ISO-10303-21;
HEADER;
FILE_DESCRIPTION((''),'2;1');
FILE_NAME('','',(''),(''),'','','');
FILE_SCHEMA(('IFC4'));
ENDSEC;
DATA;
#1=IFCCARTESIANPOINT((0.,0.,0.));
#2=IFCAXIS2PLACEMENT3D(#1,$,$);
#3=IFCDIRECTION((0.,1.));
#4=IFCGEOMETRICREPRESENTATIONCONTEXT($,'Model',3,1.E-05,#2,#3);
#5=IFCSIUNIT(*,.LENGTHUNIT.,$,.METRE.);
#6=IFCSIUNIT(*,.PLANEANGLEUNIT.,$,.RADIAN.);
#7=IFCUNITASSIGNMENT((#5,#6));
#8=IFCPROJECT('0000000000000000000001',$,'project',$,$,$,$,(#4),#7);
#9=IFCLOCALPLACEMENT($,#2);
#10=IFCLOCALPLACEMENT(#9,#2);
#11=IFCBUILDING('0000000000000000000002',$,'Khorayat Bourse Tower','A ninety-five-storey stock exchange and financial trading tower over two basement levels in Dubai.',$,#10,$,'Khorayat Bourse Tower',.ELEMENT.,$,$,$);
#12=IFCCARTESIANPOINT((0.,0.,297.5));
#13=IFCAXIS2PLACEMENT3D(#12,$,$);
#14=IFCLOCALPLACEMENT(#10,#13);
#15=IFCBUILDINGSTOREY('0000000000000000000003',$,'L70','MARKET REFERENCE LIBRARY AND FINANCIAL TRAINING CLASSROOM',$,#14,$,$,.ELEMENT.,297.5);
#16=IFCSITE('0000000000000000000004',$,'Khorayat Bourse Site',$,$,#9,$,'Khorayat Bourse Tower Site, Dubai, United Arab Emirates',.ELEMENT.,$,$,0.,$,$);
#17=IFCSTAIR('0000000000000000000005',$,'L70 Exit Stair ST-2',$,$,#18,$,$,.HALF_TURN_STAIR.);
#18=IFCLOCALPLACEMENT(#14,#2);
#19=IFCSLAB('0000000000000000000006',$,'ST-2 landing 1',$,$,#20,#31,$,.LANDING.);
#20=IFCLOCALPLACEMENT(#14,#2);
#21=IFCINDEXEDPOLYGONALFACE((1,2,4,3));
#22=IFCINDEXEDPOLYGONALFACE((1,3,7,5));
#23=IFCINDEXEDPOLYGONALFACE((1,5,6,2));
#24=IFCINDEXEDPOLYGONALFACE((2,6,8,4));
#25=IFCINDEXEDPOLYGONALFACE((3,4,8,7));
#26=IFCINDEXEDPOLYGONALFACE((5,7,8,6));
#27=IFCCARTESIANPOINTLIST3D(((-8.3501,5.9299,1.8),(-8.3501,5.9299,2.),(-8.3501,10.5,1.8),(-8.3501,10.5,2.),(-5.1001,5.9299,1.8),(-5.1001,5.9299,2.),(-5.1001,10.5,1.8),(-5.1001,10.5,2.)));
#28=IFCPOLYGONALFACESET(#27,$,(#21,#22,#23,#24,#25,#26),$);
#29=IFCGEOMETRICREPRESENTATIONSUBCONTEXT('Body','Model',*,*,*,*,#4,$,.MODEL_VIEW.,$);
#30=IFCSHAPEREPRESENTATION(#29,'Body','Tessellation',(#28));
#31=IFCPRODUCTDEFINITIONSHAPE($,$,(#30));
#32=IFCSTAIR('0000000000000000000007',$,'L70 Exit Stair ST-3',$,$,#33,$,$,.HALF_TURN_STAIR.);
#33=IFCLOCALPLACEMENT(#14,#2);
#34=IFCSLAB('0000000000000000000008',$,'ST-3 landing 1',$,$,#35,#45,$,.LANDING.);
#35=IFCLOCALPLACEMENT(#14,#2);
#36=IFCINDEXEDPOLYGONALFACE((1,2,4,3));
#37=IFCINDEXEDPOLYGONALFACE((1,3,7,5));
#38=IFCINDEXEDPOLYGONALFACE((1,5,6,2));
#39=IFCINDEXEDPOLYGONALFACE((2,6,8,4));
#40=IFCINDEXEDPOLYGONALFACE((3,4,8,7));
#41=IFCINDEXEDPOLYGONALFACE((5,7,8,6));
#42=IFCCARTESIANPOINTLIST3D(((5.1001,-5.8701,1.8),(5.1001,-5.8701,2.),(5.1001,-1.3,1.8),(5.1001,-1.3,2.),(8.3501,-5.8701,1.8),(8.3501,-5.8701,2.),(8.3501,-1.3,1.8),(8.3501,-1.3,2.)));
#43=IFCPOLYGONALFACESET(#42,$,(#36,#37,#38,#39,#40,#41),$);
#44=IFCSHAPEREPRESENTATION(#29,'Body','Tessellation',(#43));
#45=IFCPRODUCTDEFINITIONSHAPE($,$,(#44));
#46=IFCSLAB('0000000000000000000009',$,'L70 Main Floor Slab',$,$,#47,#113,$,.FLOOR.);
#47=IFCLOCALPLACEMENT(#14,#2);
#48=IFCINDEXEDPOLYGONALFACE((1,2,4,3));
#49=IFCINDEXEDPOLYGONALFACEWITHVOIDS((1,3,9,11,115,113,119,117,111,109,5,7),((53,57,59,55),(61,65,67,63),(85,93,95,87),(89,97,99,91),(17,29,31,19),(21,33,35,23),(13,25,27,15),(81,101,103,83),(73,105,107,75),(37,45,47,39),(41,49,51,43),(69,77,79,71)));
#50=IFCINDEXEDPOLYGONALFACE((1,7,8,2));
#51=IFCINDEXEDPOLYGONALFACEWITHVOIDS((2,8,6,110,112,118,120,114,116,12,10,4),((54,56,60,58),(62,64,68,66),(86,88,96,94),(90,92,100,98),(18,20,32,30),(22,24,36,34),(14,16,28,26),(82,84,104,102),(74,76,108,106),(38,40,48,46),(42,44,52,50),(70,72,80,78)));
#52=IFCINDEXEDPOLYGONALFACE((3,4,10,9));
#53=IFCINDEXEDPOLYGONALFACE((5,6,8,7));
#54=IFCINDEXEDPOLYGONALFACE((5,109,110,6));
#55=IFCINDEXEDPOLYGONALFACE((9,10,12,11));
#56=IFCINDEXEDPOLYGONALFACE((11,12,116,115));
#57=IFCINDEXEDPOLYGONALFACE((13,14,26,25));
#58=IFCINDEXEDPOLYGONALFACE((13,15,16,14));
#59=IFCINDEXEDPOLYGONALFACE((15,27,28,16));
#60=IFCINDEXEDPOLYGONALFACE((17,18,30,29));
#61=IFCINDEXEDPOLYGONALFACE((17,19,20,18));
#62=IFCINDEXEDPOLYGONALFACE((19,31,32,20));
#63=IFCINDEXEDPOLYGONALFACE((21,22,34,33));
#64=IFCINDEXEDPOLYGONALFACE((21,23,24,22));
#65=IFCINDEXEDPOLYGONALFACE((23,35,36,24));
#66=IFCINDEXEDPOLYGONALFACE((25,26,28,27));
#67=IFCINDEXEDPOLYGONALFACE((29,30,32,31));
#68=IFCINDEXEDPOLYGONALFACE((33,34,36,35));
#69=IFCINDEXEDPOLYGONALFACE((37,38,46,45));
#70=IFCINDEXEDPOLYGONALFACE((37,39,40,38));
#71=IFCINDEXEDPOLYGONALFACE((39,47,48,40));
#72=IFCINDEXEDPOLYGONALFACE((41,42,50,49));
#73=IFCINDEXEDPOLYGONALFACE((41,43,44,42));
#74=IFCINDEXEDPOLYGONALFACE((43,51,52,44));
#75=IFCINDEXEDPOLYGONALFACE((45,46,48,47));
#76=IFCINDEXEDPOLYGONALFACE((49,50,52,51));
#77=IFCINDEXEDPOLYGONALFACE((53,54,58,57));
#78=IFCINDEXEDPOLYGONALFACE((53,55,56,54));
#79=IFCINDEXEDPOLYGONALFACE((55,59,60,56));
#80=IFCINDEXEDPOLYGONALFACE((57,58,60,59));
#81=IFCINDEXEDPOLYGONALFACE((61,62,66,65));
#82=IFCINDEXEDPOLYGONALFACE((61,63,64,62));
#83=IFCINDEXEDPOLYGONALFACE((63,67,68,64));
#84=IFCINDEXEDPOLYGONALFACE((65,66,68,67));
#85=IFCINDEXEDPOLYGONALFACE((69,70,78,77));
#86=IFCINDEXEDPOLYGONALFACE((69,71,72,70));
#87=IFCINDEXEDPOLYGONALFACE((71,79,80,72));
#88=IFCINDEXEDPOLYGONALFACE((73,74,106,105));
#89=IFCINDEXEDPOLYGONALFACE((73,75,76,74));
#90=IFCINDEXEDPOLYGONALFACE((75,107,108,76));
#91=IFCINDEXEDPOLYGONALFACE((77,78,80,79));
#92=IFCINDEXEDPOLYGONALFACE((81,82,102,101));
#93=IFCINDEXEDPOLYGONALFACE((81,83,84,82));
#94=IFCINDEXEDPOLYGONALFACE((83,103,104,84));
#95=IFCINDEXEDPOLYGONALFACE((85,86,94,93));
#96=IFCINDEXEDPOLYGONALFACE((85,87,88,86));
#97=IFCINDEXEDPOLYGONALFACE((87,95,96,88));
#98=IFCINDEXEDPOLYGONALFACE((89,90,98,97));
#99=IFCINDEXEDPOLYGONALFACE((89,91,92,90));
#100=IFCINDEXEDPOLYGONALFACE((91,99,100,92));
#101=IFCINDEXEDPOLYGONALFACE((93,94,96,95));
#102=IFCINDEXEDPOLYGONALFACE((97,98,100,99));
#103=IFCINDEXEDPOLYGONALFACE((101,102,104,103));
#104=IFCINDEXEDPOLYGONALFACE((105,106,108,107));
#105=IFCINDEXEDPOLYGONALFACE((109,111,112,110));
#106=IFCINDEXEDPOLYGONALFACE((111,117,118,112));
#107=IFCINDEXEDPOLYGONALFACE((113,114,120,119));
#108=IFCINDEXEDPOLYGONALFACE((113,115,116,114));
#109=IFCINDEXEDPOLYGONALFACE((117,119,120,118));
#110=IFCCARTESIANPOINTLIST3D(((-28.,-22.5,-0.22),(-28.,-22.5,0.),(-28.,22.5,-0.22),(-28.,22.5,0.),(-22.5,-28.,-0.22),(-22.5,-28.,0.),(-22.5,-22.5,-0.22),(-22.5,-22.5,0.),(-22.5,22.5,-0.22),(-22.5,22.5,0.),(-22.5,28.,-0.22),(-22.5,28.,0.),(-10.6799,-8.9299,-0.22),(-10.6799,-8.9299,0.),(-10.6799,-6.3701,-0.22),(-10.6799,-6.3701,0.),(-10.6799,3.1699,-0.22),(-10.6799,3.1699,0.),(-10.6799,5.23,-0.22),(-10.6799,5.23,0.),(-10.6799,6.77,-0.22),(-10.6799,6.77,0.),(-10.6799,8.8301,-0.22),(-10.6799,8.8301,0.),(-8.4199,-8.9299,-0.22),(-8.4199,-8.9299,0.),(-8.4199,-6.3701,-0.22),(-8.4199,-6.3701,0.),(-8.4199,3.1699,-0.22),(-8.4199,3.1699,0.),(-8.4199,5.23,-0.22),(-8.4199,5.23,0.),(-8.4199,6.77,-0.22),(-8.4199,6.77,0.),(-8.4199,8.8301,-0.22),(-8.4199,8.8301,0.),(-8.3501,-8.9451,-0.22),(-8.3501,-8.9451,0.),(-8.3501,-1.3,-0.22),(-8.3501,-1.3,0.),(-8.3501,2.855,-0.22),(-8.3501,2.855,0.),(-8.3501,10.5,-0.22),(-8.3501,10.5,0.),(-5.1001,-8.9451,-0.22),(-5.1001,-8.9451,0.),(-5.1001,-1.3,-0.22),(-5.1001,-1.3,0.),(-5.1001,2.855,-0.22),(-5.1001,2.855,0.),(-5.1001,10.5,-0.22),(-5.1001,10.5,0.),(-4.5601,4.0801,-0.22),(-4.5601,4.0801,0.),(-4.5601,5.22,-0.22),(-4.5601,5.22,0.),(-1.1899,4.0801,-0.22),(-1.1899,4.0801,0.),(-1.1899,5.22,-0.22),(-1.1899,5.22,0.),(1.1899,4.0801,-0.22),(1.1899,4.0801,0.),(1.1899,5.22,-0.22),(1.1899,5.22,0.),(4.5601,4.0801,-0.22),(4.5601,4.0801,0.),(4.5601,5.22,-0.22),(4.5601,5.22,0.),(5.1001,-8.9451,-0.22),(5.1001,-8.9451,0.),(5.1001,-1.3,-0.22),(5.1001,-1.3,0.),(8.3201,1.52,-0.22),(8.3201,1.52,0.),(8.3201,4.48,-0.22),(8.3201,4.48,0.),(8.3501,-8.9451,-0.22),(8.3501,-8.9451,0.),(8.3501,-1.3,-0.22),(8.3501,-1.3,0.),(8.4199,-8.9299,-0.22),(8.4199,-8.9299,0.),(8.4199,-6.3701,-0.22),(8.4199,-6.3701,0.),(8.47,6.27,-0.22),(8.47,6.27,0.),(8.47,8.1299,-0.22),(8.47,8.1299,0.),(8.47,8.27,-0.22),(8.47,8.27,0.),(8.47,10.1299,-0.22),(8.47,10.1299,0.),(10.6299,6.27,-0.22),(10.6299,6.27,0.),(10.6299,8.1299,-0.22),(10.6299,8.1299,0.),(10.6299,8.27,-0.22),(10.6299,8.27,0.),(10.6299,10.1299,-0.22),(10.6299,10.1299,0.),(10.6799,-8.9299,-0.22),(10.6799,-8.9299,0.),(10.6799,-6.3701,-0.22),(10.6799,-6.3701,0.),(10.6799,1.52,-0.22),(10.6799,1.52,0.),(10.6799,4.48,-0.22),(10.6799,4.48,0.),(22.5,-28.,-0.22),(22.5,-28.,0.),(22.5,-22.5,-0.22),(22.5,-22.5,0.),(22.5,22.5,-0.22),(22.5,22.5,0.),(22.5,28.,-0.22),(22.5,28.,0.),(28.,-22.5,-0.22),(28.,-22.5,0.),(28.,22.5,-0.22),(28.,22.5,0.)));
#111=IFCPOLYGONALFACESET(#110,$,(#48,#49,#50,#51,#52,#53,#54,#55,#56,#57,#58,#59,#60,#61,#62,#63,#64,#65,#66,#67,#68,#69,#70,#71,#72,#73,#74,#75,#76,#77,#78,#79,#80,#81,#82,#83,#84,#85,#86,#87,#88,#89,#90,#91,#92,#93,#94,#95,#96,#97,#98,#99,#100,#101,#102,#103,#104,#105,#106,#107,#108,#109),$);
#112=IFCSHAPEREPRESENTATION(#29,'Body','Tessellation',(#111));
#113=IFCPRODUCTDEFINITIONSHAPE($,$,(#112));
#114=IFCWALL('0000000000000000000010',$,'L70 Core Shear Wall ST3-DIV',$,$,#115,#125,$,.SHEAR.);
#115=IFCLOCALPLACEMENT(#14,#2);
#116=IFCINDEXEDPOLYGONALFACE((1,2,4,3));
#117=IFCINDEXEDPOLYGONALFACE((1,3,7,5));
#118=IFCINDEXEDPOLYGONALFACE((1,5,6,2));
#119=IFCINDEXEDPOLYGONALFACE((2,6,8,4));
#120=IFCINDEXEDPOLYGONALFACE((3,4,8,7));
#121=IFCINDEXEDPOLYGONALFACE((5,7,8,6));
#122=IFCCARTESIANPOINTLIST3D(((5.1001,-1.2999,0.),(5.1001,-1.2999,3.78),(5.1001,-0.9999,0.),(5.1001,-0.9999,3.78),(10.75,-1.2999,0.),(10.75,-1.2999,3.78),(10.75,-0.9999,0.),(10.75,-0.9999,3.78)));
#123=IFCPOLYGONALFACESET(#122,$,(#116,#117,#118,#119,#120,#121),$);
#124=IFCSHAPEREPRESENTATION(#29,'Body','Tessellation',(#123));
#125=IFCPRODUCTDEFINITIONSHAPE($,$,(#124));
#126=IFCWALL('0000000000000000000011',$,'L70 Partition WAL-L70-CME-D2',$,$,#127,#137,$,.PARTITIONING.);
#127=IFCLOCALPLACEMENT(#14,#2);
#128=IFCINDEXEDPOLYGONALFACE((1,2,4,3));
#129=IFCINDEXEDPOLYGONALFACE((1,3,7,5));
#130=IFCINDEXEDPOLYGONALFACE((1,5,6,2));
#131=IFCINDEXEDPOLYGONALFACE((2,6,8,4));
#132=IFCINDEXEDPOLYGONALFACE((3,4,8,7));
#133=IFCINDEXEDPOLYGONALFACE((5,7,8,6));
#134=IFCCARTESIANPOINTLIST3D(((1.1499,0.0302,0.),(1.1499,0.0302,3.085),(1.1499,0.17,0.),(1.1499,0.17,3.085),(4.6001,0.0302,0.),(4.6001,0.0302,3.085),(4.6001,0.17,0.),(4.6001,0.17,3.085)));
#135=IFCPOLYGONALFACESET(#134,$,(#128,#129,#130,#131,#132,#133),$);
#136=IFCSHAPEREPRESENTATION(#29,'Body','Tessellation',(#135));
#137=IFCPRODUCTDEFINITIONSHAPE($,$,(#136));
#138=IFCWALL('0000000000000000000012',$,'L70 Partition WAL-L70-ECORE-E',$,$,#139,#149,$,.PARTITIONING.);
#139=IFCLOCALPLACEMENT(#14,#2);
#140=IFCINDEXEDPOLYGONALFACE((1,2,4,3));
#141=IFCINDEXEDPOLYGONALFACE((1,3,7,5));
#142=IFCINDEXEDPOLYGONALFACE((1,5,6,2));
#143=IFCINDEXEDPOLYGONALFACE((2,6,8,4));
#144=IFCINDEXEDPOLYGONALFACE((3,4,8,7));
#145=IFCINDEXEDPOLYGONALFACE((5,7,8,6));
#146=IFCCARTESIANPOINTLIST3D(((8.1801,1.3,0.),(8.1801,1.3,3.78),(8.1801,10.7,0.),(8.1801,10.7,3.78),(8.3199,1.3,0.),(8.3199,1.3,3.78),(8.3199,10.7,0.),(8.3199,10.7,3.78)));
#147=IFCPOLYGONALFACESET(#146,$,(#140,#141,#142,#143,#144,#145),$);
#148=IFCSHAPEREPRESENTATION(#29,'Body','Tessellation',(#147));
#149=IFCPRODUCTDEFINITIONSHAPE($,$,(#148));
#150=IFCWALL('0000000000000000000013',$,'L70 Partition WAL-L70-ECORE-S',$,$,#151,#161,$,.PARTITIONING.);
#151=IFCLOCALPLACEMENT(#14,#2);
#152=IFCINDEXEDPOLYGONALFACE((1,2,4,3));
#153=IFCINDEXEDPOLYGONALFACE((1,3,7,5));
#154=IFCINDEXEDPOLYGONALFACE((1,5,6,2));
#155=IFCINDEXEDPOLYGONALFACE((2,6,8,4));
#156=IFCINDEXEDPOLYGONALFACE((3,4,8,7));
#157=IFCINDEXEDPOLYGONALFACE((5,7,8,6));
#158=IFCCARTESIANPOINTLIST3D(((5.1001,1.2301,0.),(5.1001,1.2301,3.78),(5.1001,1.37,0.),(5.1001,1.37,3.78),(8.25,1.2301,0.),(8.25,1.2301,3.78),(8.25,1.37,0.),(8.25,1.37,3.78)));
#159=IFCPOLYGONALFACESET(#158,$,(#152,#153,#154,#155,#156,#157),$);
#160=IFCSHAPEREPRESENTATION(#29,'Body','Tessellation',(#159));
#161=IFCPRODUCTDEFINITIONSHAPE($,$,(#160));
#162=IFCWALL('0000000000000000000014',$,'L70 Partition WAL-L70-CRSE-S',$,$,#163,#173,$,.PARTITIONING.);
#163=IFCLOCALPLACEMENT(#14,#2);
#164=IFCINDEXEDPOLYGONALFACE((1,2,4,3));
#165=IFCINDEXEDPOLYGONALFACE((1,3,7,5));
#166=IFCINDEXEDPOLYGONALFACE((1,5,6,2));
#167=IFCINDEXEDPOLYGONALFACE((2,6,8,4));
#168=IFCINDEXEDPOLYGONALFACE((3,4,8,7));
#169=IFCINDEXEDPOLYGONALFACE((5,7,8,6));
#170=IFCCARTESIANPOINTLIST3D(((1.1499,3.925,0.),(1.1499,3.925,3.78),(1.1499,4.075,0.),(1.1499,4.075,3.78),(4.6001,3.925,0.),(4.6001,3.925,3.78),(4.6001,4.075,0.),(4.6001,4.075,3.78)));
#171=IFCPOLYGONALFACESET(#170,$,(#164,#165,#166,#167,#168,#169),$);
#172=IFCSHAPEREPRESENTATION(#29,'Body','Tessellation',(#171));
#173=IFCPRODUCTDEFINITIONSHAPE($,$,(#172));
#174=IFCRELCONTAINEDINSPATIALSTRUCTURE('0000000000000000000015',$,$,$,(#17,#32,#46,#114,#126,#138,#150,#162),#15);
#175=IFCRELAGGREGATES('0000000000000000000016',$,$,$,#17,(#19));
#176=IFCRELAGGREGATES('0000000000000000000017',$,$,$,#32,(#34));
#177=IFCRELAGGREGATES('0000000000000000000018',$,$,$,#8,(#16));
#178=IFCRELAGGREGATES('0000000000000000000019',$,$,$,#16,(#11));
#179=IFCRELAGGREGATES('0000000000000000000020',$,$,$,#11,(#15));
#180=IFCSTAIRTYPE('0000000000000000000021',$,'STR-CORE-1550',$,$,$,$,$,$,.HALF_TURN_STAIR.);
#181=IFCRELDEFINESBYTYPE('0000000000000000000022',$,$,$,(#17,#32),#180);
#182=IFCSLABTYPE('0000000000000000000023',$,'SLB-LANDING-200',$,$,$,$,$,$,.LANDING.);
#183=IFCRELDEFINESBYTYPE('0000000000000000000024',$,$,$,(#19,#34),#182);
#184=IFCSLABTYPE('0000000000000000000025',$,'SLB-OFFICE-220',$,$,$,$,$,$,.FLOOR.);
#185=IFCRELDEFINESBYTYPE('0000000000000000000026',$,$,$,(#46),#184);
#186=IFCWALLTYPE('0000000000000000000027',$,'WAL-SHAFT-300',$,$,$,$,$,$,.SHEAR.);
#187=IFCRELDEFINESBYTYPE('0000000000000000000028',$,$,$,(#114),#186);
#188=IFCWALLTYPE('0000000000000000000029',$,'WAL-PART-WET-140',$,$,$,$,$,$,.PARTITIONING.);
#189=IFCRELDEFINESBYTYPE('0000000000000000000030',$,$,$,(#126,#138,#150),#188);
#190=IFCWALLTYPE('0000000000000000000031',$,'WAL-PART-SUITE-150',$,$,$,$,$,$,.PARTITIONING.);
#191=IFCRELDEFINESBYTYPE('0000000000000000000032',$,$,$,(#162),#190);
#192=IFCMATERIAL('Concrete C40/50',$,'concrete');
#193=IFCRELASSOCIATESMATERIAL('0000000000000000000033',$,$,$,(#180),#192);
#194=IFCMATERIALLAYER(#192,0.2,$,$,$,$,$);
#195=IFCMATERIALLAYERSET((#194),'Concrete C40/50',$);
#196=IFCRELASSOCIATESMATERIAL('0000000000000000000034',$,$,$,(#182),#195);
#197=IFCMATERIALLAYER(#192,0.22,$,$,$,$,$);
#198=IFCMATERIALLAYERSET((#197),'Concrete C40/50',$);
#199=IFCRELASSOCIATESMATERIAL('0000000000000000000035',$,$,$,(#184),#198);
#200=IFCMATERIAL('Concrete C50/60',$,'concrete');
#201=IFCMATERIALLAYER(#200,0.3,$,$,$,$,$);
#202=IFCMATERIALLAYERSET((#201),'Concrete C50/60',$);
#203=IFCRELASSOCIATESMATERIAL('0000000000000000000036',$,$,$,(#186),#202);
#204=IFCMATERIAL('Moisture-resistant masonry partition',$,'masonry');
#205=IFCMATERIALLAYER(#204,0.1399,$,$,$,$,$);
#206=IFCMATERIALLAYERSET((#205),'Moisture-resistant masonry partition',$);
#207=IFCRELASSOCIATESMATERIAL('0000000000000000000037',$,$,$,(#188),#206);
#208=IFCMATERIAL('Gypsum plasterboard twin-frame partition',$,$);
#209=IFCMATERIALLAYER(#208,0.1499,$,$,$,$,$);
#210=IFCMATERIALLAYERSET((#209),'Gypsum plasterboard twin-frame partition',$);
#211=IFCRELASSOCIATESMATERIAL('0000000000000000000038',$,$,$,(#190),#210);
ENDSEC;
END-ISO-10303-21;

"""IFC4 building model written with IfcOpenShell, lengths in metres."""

from ifc_helpers import new_model, si_unit, direction, frame, frame_2d, origin, place, context, subcontext, project, spatial, polyline, rectangle, outline, extrude, source, transform, mapped, material, layer, layer_set, type_object, element, aggregate, save


model = new_model("IFC4")

# Units and contexts
model_context = context("Model", 3, precision=1e-05, world=origin(), true_north=direction((0.0, 1.0)))
body_context = subcontext(model_context, "Body", "Model", "MODEL_VIEW")
ifc_project = project(units=[si_unit("LENGTHUNIT", "METRE"), si_unit("PLANEANGLEUNIT", "RADIAN")], contexts=[model_context])

# Site, building, storey
site_placement = place(None, origin())
site = spatial("IfcSite", under=ifc_project, at=site_placement, Name="Khorayat Bourse Site", LongName="Khorayat Bourse Tower Site, Dubai, United Arab Emirates", CompositionType="ELEMENT", RefElevation=0.0)
building_placement = place(site_placement, origin())
building = spatial("IfcBuilding", under=site, at=building_placement, Name="Khorayat Bourse Tower", Description="A ninety-five-storey stock exchange and financial trading tower over two basement levels in Dubai.", LongName="Khorayat Bourse Tower", CompositionType="ELEMENT")
storey_placement = place(building_placement, frame((0.0, 0.0, 297.5)))
storey = spatial("IfcBuildingStorey", under=building, at=storey_placement, Name="L70", Description="MARKET REFERENCE LIBRARY AND FINANCIAL TRAINING CLASSROOM", CompositionType="ELEMENT", Elevation=297.5)

# Stairs, slabs
ifc_material_1 = material(Name="Concrete C40/50", Category="concrete")
stair_type = type_object("IfcStairType", Name="STR-CORE-1550", PredefinedType="HALF_TURN_STAIR", material=ifc_material_1)
ifc_layer_1 = layer(ifc_material_1, 0.2)
ifc_layer_set_1 = layer_set([ifc_layer_1], Name="Concrete C40/50")
slab_type_1 = type_object("IfcSlabType", Name="SLB-LANDING-200", PredefinedType="LANDING", material=ifc_layer_set_1)
stair_1_placement = place(storey_placement, origin())
stair_1 = element("IfcStair", 1, at=stair_1_placement, inside=storey, type_object=stair_type, Name="L70 Exit Stair ST-2", PredefinedType="HALF_TURN_STAIR")
slab_1_placement = place(storey_placement, frame((0.0, 0.0, 1.8)))
slab_1 = element("IfcSlab", 2, at=slab_1_placement, type_object=slab_type_1, Name="ST-2 landing 1", PredefinedType="LANDING", context=body_context, shape_type="SweptSolid", body=[
    extrude(outline(polyline([(-5.1001, 5.9299), (-5.1001, 10.5), (-8.3501, 10.5), (-8.3501, 5.9299), (-5.1001, 5.9299)])), origin(), (0.0, 0.0, 1.0), 0.2),
])
aggregate(stair_1, [slab_1])
stair_2_placement = place(storey_placement, origin())
stair_2 = element("IfcStair", 3, at=stair_2_placement, inside=storey, type_object=stair_type, Name="L70 Exit Stair ST-3", PredefinedType="HALF_TURN_STAIR")
slab_2_placement = place(storey_placement, frame((0.0, 0.0, 1.8)))
slab_2 = element("IfcSlab", 4, at=slab_2_placement, type_object=slab_type_1, Name="ST-3 landing 1", PredefinedType="LANDING", context=body_context, shape_type="SweptSolid", body=[
    extrude(outline(polyline([(8.3501, -5.8701), (8.3501, -1.3), (5.1001, -1.3), (5.1001, -5.8701), (8.3501, -5.8701)])), origin(), (0.0, 0.0, 1.0), 0.2),
])
aggregate(stair_2, [slab_2])

# Slab
ifc_layer_2 = layer(ifc_material_1, 0.22)
ifc_layer_set_2 = layer_set([ifc_layer_2], Name="Concrete C40/50")
slab_type_2 = type_object("IfcSlabType", Name="SLB-OFFICE-220", PredefinedType="FLOOR", material=ifc_layer_set_2)
slab_3_placement = place(storey_placement, frame((0.0, 0.0, -0.22)))
element("IfcSlab", 5, at=slab_3_placement, inside=storey, type_object=slab_type_2, Name="L70 Main Floor Slab", PredefinedType="FLOOR", context=body_context, shape_type="SweptSolid", body=[
    extrude(outline(polyline([(-22.5, -28.0), (22.5, -28.0), (22.5, -22.5), (28.0, -22.5), (28.0, 22.5), (22.5, 22.5), (22.5, 28.0), (-22.5, 28.0), (-22.5, 22.5), (-28.0, 22.5), (-28.0, -22.5), (-22.5, -22.5), (-22.5, -28.0)]), holes=[polyline([(-8.3501, -8.9451), (-5.1001, -8.9451), (-5.1001, -1.3), (-8.3501, -1.3), (-8.3501, -8.9451)]), polyline([(-8.3501, 2.855), (-5.1001, 2.855), (-5.1001, 10.5), (-8.3501, 10.5), (-8.3501, 2.855)]), polyline([(5.1001, -8.9451), (8.3501, -8.9451), (8.3501, -1.3), (5.1001, -1.3), (5.1001, -8.9451)]), polyline([(-10.6799, 3.1699), (-8.4199, 3.1699), (-8.4199, 5.23), (-10.6799, 5.23), (-10.6799, 3.1699)]), polyline([(-10.6799, 6.77), (-8.4199, 6.77), (-8.4199, 8.8301), (-10.6799, 8.8301), (-10.6799, 6.77)]), polyline([(8.47, 6.27), (10.6299, 6.27), (10.6299, 8.1299), (8.47, 8.1299), (8.47, 6.27)]), polyline([(8.47, 8.27), (10.6299, 8.27), (10.6299, 10.1299), (8.47, 10.1299), (8.47, 8.27)]), polyline([(-10.6799, -8.9299), (-8.4199, -8.9299), (-8.4199, -6.3701), (-10.6799, -6.3701), (-10.6799, -8.9299)]), polyline([(8.4199, -8.9299), (10.6799, -8.9299), (10.6799, -6.3701), (8.4199, -6.3701), (8.4199, -8.9299)]), polyline([(8.3201, 1.52), (10.6799, 1.52), (10.6799, 4.48), (8.3201, 4.48), (8.3201, 1.52)]), polyline([(-4.5601, 4.0801), (-1.1899, 4.0801), (-1.1899, 5.22), (-4.5601, 5.22), (-4.5601, 4.0801)]), polyline([(1.1899, 4.0801), (4.5601, 4.0801), (4.5601, 5.22), (1.1899, 5.22), (1.1899, 4.0801)])]), origin(), (0.0, 0.0, 1.0), 0.22),
])

# Walls
ifc_material_2 = material(Name="Concrete C50/60", Category="concrete")
ifc_layer_3 = layer(ifc_material_2, 0.3)
ifc_layer_set_3 = layer_set([ifc_layer_3], Name="Concrete C50/60")
wall_type_1 = type_object("IfcWallType", Name="WAL-SHAFT-300", PredefinedType="SHEAR", material=ifc_layer_set_3)
shared_shape_1 = source(origin(), body_context, "Body", "SweptSolid", [
    extrude(rectangle(XDim=5.6499, YDim=0.3, at=frame_2d((2.825, 0.0))), origin(), (0.0, 0.0, 1.0), 3.78),
])
wall_1_placement = place(storey_placement, frame((5.1001, -1.1499, 0.0), z_axis=(0.0, 0.0, 1.0), x_axis=(1.0, 0.0, 0.0)))
element("IfcWall", 6, at=wall_1_placement, inside=storey, type_object=wall_type_1, Name="L70 Core Shear Wall ST3-DIV", PredefinedType="SHEAR", context=body_context, shape_type="MappedRepresentation", body=[
    mapped(shared_shape_1, transform((0.0, 0.0, 0.0), scale=1.0)),
])
ifc_material_3 = material(Name="Moisture-resistant masonry partition", Category="masonry")
ifc_layer_4 = layer(ifc_material_3, 0.1399)
ifc_layer_set_4 = layer_set([ifc_layer_4], Name="Moisture-resistant masonry partition")
wall_type_2 = type_object("IfcWallType", Name="WAL-PART-WET-140", PredefinedType="PARTITIONING", material=ifc_layer_set_4)
shared_shape_2 = source(origin(), body_context, "Body", "SweptSolid", [
    extrude(rectangle(XDim=3.4502, YDim=0.1399, at=frame_2d((1.7251, 0.0))), origin(), (0.0, 0.0, 1.0), 3.085),
])
wall_2_placement = place(storey_placement, frame((1.1499, 0.1001, 0.0), z_axis=(0.0, 0.0, 1.0), x_axis=(1.0, 0.0, 0.0)))
element("IfcWall", 7, at=wall_2_placement, inside=storey, type_object=wall_type_2, Name="L70 Partition WAL-L70-CME-D2", PredefinedType="PARTITIONING", context=body_context, shape_type="MappedRepresentation", body=[
    mapped(shared_shape_2, transform((0.0, 0.0, 0.0), scale=1.0)),
])
shared_shape_3 = source(origin(), body_context, "Body", "SweptSolid", [
    extrude(rectangle(XDim=9.3999, YDim=0.1399, at=frame_2d((4.7, 0.0))), origin(), (0.0, 0.0, 1.0), 3.78),
])
wall_3_placement = place(storey_placement, frame((8.25, 1.3, 0.0), z_axis=(0.0, 0.0, 1.0), x_axis=(0.0, 1.0, 0.0)))
element("IfcWall", 8, at=wall_3_placement, inside=storey, type_object=wall_type_2, Name="L70 Partition WAL-L70-ECORE-E", PredefinedType="PARTITIONING", context=body_context, shape_type="MappedRepresentation", body=[
    mapped(shared_shape_3, transform((0.0, 0.0, 0.0), scale=1.0)),
])
shared_shape_4 = source(origin(), body_context, "Body", "SweptSolid", [
    extrude(rectangle(XDim=3.1499, YDim=0.1399, at=frame_2d((1.575, 0.0))), origin(), (0.0, 0.0, 1.0), 3.78),
])
wall_4_placement = place(storey_placement, frame((5.1001, 1.3, 0.0), z_axis=(0.0, 0.0, 1.0), x_axis=(1.0, 0.0, 0.0)))
element("IfcWall", 9, at=wall_4_placement, inside=storey, type_object=wall_type_2, Name="L70 Partition WAL-L70-ECORE-S", PredefinedType="PARTITIONING", context=body_context, shape_type="MappedRepresentation", body=[
    mapped(shared_shape_4, transform((0.0, 0.0, 0.0), scale=1.0)),
])

# Wall
ifc_material_4 = material(Name="Gypsum plasterboard twin-frame partition")
ifc_layer_5 = layer(ifc_material_4, 0.1499)
ifc_layer_set_5 = layer_set([ifc_layer_5], Name="Gypsum plasterboard twin-frame partition")
wall_type_3 = type_object("IfcWallType", Name="WAL-PART-SUITE-150", PredefinedType="PARTITIONING", material=ifc_layer_set_5)
shared_shape_5 = source(origin(), body_context, "Body", "SweptSolid", [
    extrude(rectangle(XDim=3.4502, YDim=0.1499, at=frame_2d((1.7251, 0.0))), origin(), (0.0, 0.0, 1.0), 3.78),
])
for number, where, z_axis, x_axis, name in (
    (10, (1.1499, 4.0, 0.0), (0.0, 0.0, 1.0), (1.0, 0.0, 0.0), "L70 Partition WAL-L70-CRSE-S"),
):
    element("IfcWall", number, at=place(storey_placement, frame(where, z_axis=z_axis, x_axis=x_axis)), inside=storey, type_object=wall_type_3, Name=name, PredefinedType="PARTITIONING", context=body_context, shape_type="MappedRepresentation", body=[
        mapped(shared_shape_5, transform((0.0, 0.0, 0.0), scale=1.0)),
    ])

save(model, "model.ifc")
